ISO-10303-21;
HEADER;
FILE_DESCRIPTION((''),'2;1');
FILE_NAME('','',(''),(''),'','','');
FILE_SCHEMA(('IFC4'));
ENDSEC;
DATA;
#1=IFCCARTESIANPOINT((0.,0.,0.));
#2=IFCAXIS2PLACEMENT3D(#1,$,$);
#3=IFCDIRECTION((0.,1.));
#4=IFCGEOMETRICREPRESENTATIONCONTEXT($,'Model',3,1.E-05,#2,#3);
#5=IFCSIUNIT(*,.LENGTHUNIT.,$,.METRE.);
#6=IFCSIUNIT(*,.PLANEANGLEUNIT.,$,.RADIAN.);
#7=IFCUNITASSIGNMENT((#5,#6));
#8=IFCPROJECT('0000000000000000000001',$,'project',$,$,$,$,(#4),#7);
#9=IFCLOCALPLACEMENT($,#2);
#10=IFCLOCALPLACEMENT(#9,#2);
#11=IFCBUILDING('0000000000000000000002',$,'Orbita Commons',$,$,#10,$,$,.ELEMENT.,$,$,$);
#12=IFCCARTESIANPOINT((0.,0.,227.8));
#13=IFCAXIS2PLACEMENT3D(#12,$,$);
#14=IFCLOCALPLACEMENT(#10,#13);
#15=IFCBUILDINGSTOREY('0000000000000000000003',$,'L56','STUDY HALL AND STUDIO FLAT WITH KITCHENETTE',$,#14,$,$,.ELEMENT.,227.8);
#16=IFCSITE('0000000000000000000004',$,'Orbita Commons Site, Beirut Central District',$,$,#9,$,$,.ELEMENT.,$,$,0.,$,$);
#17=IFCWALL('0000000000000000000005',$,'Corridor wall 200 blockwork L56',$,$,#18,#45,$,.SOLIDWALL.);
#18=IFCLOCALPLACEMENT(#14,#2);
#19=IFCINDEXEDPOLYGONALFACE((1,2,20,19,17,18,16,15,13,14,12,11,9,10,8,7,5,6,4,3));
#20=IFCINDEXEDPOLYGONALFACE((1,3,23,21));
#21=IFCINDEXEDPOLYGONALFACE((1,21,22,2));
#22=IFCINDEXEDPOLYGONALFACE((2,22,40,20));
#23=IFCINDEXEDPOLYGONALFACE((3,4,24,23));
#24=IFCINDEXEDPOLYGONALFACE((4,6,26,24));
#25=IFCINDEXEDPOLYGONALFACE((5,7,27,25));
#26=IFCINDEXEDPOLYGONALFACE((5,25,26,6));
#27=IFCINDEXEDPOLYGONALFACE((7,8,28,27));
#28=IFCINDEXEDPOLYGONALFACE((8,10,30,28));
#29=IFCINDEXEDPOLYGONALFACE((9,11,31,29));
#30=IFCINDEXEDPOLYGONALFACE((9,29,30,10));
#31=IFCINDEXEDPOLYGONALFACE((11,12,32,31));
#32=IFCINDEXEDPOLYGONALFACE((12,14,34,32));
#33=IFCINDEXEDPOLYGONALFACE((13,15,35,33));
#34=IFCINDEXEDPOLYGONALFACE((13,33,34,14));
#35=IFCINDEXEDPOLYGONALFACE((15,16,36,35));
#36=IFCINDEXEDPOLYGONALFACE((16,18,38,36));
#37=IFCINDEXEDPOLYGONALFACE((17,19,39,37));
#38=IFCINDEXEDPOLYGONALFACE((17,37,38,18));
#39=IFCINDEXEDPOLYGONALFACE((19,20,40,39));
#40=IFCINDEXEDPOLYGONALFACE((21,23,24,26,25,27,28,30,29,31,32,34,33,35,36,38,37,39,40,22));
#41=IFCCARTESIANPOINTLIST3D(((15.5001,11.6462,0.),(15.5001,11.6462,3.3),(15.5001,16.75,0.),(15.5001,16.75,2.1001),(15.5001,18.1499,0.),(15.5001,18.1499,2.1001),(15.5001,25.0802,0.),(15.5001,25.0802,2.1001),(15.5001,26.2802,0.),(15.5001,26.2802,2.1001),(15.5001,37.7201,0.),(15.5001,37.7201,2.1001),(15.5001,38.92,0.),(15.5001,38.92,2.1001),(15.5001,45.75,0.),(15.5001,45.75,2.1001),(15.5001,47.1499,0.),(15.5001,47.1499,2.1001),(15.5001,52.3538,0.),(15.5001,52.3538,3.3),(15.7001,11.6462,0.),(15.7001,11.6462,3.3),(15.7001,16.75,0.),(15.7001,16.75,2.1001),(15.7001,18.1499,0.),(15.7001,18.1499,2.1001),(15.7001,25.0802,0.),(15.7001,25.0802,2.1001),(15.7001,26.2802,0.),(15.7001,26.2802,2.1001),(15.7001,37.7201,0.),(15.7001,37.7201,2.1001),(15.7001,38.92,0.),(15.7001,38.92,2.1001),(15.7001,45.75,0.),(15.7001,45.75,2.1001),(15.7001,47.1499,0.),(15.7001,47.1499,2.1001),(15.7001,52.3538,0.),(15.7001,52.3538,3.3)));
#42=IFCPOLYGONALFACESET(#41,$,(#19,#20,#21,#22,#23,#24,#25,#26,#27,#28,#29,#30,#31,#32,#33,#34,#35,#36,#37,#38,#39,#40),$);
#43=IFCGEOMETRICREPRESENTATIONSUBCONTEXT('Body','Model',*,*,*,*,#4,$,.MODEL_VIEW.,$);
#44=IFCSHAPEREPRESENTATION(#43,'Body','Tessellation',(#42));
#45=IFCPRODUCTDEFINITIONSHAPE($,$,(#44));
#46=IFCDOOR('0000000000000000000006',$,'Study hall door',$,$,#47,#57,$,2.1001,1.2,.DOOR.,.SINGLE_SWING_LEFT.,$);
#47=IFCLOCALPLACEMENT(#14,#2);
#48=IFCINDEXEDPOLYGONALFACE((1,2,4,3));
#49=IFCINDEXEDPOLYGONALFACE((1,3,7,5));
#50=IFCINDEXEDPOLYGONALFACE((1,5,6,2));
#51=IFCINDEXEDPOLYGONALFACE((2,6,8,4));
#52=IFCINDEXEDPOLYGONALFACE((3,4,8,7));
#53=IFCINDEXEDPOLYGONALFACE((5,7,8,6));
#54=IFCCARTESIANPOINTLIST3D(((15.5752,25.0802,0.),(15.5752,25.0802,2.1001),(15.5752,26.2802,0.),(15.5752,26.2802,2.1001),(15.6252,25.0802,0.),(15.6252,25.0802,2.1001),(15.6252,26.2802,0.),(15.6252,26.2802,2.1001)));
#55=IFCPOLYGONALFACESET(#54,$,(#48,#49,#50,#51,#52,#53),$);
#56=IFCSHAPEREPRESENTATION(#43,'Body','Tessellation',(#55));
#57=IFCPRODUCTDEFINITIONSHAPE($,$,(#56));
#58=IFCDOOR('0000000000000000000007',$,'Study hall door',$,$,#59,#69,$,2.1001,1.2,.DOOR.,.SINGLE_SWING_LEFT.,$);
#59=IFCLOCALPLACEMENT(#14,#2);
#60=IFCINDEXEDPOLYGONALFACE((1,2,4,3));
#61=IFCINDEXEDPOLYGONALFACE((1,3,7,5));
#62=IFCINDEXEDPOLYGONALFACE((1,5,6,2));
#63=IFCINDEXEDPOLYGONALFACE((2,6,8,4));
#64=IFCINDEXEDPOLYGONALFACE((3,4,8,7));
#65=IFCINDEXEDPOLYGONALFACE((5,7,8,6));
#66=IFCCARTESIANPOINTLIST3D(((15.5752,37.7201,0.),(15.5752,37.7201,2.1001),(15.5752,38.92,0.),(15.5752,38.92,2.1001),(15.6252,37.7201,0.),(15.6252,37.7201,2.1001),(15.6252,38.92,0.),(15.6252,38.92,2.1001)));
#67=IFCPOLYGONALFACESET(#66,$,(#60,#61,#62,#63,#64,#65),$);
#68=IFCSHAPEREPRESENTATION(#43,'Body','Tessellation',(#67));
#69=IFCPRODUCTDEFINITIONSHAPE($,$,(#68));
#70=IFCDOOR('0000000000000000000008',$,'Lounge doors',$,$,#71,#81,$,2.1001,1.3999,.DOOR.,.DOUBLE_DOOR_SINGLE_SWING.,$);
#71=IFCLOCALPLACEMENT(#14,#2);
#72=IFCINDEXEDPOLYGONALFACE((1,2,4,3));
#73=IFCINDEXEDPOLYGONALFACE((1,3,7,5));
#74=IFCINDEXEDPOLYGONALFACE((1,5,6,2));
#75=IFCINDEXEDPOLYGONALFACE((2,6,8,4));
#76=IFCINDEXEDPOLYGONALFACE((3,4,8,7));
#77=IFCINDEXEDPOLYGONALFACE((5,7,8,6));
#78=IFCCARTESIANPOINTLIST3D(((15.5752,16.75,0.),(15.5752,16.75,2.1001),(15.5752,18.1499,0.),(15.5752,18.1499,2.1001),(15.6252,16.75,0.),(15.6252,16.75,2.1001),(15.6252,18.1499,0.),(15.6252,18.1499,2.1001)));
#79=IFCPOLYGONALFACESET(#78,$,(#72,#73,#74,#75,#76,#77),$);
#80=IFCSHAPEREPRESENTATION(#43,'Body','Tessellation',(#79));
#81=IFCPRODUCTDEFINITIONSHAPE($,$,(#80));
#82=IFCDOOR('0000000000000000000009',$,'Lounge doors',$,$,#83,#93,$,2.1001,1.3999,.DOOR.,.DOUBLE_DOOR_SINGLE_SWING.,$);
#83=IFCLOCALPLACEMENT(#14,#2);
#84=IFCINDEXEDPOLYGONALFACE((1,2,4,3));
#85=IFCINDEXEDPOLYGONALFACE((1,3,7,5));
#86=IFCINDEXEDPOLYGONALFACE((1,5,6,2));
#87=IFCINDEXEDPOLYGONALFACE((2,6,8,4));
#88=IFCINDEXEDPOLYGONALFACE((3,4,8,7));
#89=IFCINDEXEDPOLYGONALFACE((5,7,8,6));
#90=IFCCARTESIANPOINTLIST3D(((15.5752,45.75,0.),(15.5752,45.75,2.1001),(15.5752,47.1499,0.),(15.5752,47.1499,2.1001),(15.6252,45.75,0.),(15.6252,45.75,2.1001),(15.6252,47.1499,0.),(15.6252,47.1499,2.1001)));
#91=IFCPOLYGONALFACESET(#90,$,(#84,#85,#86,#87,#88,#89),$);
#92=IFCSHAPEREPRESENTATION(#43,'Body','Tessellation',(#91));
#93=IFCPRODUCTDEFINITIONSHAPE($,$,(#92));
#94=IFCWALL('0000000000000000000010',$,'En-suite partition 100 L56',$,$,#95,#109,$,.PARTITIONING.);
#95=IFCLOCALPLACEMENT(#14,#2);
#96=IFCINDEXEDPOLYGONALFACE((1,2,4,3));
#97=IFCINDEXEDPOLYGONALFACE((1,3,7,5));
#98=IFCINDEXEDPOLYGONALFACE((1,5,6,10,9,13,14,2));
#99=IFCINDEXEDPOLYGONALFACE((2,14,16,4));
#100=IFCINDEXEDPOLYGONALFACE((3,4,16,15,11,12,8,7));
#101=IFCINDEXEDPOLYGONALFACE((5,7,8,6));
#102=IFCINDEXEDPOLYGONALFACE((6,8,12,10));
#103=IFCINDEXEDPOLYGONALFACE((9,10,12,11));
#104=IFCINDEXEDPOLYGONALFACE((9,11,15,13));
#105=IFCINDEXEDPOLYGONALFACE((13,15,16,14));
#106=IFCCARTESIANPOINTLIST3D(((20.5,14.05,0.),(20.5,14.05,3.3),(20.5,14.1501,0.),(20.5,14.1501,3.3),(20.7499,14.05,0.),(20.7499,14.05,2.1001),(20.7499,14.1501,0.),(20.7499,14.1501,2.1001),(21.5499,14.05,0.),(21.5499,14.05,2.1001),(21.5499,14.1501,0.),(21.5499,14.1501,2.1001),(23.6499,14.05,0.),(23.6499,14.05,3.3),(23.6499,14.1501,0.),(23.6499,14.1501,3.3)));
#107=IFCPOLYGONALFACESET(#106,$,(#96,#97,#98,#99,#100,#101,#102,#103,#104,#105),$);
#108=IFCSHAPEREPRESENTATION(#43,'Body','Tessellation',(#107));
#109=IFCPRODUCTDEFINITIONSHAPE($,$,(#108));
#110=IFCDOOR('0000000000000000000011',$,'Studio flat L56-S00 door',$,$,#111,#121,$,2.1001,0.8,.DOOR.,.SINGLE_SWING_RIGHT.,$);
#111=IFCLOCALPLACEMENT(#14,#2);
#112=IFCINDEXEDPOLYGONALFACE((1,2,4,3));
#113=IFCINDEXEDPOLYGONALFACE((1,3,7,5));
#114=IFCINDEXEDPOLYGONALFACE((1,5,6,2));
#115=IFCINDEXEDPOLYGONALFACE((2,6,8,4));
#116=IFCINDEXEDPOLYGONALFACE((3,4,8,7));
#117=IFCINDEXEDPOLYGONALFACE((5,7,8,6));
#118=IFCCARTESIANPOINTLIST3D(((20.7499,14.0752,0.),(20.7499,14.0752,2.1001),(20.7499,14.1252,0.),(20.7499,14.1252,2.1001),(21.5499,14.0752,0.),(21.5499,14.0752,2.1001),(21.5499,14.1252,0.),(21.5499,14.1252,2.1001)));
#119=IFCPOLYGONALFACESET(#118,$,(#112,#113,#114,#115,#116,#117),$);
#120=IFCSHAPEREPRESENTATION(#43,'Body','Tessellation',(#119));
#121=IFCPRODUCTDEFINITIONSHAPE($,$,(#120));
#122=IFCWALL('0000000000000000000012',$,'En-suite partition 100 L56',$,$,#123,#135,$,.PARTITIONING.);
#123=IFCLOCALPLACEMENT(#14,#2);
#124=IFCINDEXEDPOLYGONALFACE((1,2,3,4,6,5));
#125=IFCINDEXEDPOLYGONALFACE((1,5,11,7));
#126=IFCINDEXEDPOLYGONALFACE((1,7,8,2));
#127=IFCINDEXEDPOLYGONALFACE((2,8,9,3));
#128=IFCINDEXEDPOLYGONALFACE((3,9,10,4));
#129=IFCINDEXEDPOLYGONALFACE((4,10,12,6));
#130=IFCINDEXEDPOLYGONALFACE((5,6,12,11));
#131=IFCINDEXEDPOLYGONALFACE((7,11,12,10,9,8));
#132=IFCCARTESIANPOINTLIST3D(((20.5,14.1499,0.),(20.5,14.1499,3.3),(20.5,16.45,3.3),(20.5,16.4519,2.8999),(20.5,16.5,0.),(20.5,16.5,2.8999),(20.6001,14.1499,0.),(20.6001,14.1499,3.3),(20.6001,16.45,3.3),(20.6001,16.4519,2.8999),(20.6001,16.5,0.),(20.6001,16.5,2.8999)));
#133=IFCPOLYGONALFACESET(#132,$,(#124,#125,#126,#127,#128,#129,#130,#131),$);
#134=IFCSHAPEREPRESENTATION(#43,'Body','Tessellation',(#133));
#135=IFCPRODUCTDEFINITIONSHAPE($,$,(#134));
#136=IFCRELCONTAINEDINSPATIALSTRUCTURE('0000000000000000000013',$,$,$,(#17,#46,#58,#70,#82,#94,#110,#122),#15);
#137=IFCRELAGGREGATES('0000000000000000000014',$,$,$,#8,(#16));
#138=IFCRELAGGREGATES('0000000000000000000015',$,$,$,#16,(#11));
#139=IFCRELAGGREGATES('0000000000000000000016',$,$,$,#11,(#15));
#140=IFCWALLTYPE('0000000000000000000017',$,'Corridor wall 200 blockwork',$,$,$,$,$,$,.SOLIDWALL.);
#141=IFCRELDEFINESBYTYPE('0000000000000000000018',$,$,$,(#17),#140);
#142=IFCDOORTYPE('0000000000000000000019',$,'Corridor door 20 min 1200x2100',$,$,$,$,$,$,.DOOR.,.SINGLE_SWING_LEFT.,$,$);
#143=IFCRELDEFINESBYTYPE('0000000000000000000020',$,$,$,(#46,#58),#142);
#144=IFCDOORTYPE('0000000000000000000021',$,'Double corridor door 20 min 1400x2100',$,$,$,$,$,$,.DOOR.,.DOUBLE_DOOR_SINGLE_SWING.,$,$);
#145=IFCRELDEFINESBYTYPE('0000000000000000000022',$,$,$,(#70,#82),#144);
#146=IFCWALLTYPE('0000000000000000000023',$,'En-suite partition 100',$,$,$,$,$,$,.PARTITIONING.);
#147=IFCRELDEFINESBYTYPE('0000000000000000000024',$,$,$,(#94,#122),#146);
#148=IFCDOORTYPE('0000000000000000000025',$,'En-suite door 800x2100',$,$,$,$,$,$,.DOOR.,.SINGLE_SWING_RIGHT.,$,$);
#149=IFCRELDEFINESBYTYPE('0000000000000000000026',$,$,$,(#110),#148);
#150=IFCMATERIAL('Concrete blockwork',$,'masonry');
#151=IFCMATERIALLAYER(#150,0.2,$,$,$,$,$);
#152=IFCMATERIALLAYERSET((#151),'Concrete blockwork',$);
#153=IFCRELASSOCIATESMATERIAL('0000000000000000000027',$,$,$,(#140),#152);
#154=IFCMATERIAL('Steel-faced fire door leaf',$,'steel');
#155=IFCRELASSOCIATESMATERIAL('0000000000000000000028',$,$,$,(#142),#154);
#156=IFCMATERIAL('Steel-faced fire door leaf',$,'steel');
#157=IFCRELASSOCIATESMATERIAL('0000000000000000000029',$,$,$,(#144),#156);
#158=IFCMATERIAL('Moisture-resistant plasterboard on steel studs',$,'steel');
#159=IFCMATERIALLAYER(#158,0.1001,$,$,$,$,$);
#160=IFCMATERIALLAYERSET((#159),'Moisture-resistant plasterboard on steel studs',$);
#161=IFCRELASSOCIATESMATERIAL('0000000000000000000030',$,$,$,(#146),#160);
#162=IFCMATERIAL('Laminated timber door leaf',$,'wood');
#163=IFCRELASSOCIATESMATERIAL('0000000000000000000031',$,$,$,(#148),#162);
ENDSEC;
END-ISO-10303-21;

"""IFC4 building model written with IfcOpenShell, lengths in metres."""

from ifc_helpers import new_model, si_unit, direction, frame, frame_2d, origin, place, context, subcontext, project, spatial, polyline, rectangle, outline, extrude, material, layer, layer_set, type_object, element, fill, save


model = new_model("IFC4")

# Units and contexts
model_context = context("Model", 3, precision=1e-05, world=origin(), true_north=direction((0.0, 1.0)))
body_context = subcontext(model_context, "Body", "Model", "MODEL_VIEW")
ifc_project = project(units=[si_unit("LENGTHUNIT", "METRE"), si_unit("PLANEANGLEUNIT", "RADIAN")], contexts=[model_context])

# Site, building, storey
site_placement = place(None, origin())
site = spatial("IfcSite", under=ifc_project, at=site_placement, Name="Orbita Commons Site, Beirut Central District", CompositionType="ELEMENT", RefElevation=0.0)
building_placement = place(site_placement, origin())
building = spatial("IfcBuilding", under=site, at=building_placement, Name="Orbita Commons", CompositionType="ELEMENT")
storey_placement = place(building_placement, frame((0.0, 0.0, 227.8)))
storey = spatial("IfcBuildingStorey", under=building, at=storey_placement, Name="L56", Description="STUDY HALL AND STUDIO FLAT WITH KITCHENETTE", CompositionType="ELEMENT", Elevation=227.8)

# Shared definitions
ifc_material_1 = material(Name="Concrete blockwork", Category="masonry")
ifc_layer_1 = layer(ifc_material_1, 0.2)
ifc_layer_set_1 = layer_set([ifc_layer_1], Name="Concrete blockwork")
wall_type_1 = type_object("IfcWallType", Name="Corridor wall 200 blockwork", PredefinedType="SOLIDWALL", material=ifc_layer_set_1)

# Wall, openings, doors
wall_1_placement = place(storey_placement, frame((15.6001, 11.6462, 0.0), z_axis=(0.0, 0.0, 1.0), x_axis=(0.0, 1.0, 0.0)))
wall_1 = element("IfcWall", 1, at=wall_1_placement, inside=storey, type_object=wall_type_1, Name="Corridor wall 200 blockwork L56", PredefinedType="SOLIDWALL", context=body_context, shape_type="SweptSolid", body=[
    extrude(rectangle(XDim=40.7075, YDim=0.2, at=frame_2d((20.3538, 0.0))), origin(), (0.0, 0.0, 1.0), 3.3),
])
opening_1_placement = place(wall_1_placement, frame((13.4338, 0.0, 0.0)))
opening_1 = element("IfcOpeningElement", 2, at=opening_1_placement, cuts=wall_1, PredefinedType="OPENING", context=body_context, shape_type="SweptSolid", body=[
    extrude(rectangle(XDim=1.2, YDim=2.1001, at=frame_2d((0.6001, 1.05))), frame((0.0, 0.1099, 0.0), z_axis=(0.0, -1.0, 0.0), x_axis=(1.0, 0.0, 0.0)), (0.0, 0.0, 1.0), 0.22),
])
opening_2_placement = place(wall_1_placement, frame((26.0737, 0.0, 0.0)))
opening_2 = element("IfcOpeningElement", 3, at=opening_2_placement, cuts=wall_1, PredefinedType="OPENING", context=body_context, shape_type="SweptSolid", body=[
    extrude(rectangle(XDim=1.2, YDim=2.1001, at=frame_2d((0.6001, 1.05))), frame((0.0, 0.1099, 0.0), z_axis=(0.0, -1.0, 0.0), x_axis=(1.0, 0.0, 0.0)), (0.0, 0.0, 1.0), 0.22),
])
opening_3_placement = place(wall_1_placement, frame((5.1038, 0.0, 0.0)))
opening_3 = element("IfcOpeningElement", 4, at=opening_3_placement, cuts=wall_1, PredefinedType="OPENING", context=body_context, shape_type="SweptSolid", body=[
    extrude(rectangle(XDim=1.3999, YDim=2.1001, at=frame_2d((0.7, 1.05))), frame((0.0, 0.1099, 0.0), z_axis=(0.0, -1.0, 0.0), x_axis=(1.0, 0.0, 0.0)), (0.0, 0.0, 1.0), 0.22),
])
opening_4_placement = place(wall_1_placement, frame((34.1038, 0.0, 0.0)))
opening_4 = element("IfcOpeningElement", 5, at=opening_4_placement, cuts=wall_1, PredefinedType="OPENING", context=body_context, shape_type="SweptSolid", body=[
    extrude(rectangle(XDim=1.3999, YDim=2.1001, at=frame_2d((0.7, 1.05))), frame((0.0, 0.1099, 0.0), z_axis=(0.0, -1.0, 0.0), x_axis=(1.0, 0.0, 0.0)), (0.0, 0.0, 1.0), 0.22),
])
ifc_material_2 = material(Name="Steel-faced fire door leaf", Category="steel")
door_type_1 = type_object("IfcDoorType", Name="Corridor door 20 min 1200x2100", OperationType="SINGLE_SWING_LEFT", PredefinedType="DOOR", material=ifc_material_2)
door_1_placement = place(opening_1_placement, origin())
door_1 = element("IfcDoor", 6, at=door_1_placement, inside=storey, type_object=door_type_1, Name="Study hall door", OperationType="SINGLE_SWING_LEFT", OverallHeight=2.1001, OverallWidth=1.2, PredefinedType="DOOR", context=body_context, shape_type="SweptSolid", body=[
    extrude(rectangle(XDim=1.2, YDim=2.1001, at=frame_2d((0.6001, 1.05))), frame((0.0, 0.0249, 0.0), z_axis=(0.0, -1.0, 0.0), x_axis=(1.0, 0.0, 0.0)), (0.0, 0.0, 1.0), 0.05),
])
fill(opening_1, door_1)
door_2_placement = place(opening_2_placement, origin())
door_2 = element("IfcDoor", 7, at=door_2_placement, inside=storey, type_object=door_type_1, Name="Study hall door", OperationType="SINGLE_SWING_LEFT", OverallHeight=2.1001, OverallWidth=1.2, PredefinedType="DOOR", context=body_context, shape_type="SweptSolid", body=[
    extrude(rectangle(XDim=1.2, YDim=2.1001, at=frame_2d((0.6001, 1.05))), frame((0.0, 0.0249, 0.0), z_axis=(0.0, -1.0, 0.0), x_axis=(1.0, 0.0, 0.0)), (0.0, 0.0, 1.0), 0.05),
])
fill(opening_2, door_2)
ifc_material_3 = material(Name="Steel-faced fire door leaf", Category="steel")
door_type_2 = type_object("IfcDoorType", Name="Double corridor door 20 min 1400x2100", OperationType="DOUBLE_DOOR_SINGLE_SWING", PredefinedType="DOOR", material=ifc_material_3)
door_3_placement = place(opening_3_placement, origin())
door_3 = element("IfcDoor", 8, at=door_3_placement, inside=storey, type_object=door_type_2, Name="Lounge doors", OperationType="DOUBLE_DOOR_SINGLE_SWING", OverallHeight=2.1001, OverallWidth=1.3999, PredefinedType="DOOR", context=body_context, shape_type="SweptSolid", body=[
    extrude(rectangle(XDim=1.3999, YDim=2.1001, at=frame_2d((0.7, 1.05))), frame((0.0, 0.0249, 0.0), z_axis=(0.0, -1.0, 0.0), x_axis=(1.0, 0.0, 0.0)), (0.0, 0.0, 1.0), 0.05),
])
fill(opening_3, door_3)
door_4_placement = place(opening_4_placement, origin())
door_4 = element("IfcDoor", 9, at=door_4_placement, inside=storey, type_object=door_type_2, Name="Lounge doors", OperationType="DOUBLE_DOOR_SINGLE_SWING", OverallHeight=2.1001, OverallWidth=1.3999, PredefinedType="DOOR", context=body_context, shape_type="SweptSolid", body=[
    extrude(rectangle(XDim=1.3999, YDim=2.1001, at=frame_2d((0.7, 1.05))), frame((0.0, 0.0249, 0.0), z_axis=(0.0, -1.0, 0.0), x_axis=(1.0, 0.0, 0.0)), (0.0, 0.0, 1.0), 0.05),
])
fill(opening_4, door_4)

# Wall, opening, door
ifc_material_4 = material(Name="Moisture-resistant plasterboard on steel studs", Category="steel")
ifc_layer_2 = layer(ifc_material_4, 0.1001)
ifc_layer_set_2 = layer_set([ifc_layer_2], Name="Moisture-resistant plasterboard on steel studs")
wall_type_2 = type_object("IfcWallType", Name="En-suite partition 100", PredefinedType="PARTITIONING", material=ifc_layer_set_2)
wall_2_placement = place(storey_placement, frame((23.6499, 14.1001, 0.0), z_axis=(0.0, 0.0, 1.0), x_axis=(-1.0, 0.0, 0.0)))
wall_2 = element("IfcWall", 10, at=wall_2_placement, inside=storey, type_object=wall_type_2, Name="En-suite partition 100 L56", PredefinedType="PARTITIONING", context=body_context, shape_type="SweptSolid", body=[
    extrude(rectangle(XDim=3.1499, YDim=0.1001, at=frame_2d((1.575, 0.0))), origin(), (0.0, 0.0, 1.0), 3.3),
])
opening_5_placement = place(wall_2_placement, frame((2.1001, 0.0, 0.0)))
opening_5 = element("IfcOpeningElement", 11, at=opening_5_placement, cuts=wall_2, PredefinedType="OPENING", context=body_context, shape_type="SweptSolid", body=[
    extrude(rectangle(XDim=0.8, YDim=2.1001, at=frame_2d((0.3999, 1.05))), frame((0.0, 0.0601, 0.0), z_axis=(0.0, -1.0, 0.0), x_axis=(1.0, 0.0, 0.0)), (0.0, 0.0, 1.0), 0.1201),
])
ifc_material_5 = material(Name="Laminated timber door leaf", Category="wood")
door_type_3 = type_object("IfcDoorType", Name="En-suite door 800x2100", OperationType="SINGLE_SWING_RIGHT", PredefinedType="DOOR", material=ifc_material_5)
door_5_placement = place(opening_5_placement, origin())
door_5 = element("IfcDoor", 12, at=door_5_placement, inside=storey, type_object=door_type_3, Name="Studio flat L56-S00 door", OperationType="SINGLE_SWING_RIGHT", OverallHeight=2.1001, OverallWidth=0.8, PredefinedType="DOOR", context=body_context, shape_type="SweptSolid", body=[
    extrude(rectangle(XDim=0.8, YDim=2.1001, at=frame_2d((0.3999, 1.05))), frame((0.0, 0.0249, 0.0), z_axis=(0.0, -1.0, 0.0), x_axis=(1.0, 0.0, 0.0)), (0.0, 0.0, 1.0), 0.05),
])
fill(opening_5, door_5)

# Wall
wall_3_placement = place(storey_placement, frame((20.55, 14.1499, 0.0), z_axis=(0.0, 0.0, 1.0), x_axis=(0.0, 1.0, 0.0)))
element("IfcWall", 13, at=wall_3_placement, inside=storey, type_object=wall_type_2, Name="En-suite partition 100 L56", PredefinedType="PARTITIONING", context=body_context, shape_type="SweptSolid", body=[
    extrude(outline(polyline([(0.0, 0.0), (2.3501, 0.0), (2.3501, 2.8999), (2.302, 2.8999), (2.3, 3.3), (0.0, 3.3), (0.0, 0.0)])), frame((0.0, 0.05, 0.0), z_axis=(0.0, -1.0, 0.0), x_axis=(1.0, 0.0, 0.0)), (0.0, 0.0, 1.0), 0.1001),
])

save(model, "model.ifc")
